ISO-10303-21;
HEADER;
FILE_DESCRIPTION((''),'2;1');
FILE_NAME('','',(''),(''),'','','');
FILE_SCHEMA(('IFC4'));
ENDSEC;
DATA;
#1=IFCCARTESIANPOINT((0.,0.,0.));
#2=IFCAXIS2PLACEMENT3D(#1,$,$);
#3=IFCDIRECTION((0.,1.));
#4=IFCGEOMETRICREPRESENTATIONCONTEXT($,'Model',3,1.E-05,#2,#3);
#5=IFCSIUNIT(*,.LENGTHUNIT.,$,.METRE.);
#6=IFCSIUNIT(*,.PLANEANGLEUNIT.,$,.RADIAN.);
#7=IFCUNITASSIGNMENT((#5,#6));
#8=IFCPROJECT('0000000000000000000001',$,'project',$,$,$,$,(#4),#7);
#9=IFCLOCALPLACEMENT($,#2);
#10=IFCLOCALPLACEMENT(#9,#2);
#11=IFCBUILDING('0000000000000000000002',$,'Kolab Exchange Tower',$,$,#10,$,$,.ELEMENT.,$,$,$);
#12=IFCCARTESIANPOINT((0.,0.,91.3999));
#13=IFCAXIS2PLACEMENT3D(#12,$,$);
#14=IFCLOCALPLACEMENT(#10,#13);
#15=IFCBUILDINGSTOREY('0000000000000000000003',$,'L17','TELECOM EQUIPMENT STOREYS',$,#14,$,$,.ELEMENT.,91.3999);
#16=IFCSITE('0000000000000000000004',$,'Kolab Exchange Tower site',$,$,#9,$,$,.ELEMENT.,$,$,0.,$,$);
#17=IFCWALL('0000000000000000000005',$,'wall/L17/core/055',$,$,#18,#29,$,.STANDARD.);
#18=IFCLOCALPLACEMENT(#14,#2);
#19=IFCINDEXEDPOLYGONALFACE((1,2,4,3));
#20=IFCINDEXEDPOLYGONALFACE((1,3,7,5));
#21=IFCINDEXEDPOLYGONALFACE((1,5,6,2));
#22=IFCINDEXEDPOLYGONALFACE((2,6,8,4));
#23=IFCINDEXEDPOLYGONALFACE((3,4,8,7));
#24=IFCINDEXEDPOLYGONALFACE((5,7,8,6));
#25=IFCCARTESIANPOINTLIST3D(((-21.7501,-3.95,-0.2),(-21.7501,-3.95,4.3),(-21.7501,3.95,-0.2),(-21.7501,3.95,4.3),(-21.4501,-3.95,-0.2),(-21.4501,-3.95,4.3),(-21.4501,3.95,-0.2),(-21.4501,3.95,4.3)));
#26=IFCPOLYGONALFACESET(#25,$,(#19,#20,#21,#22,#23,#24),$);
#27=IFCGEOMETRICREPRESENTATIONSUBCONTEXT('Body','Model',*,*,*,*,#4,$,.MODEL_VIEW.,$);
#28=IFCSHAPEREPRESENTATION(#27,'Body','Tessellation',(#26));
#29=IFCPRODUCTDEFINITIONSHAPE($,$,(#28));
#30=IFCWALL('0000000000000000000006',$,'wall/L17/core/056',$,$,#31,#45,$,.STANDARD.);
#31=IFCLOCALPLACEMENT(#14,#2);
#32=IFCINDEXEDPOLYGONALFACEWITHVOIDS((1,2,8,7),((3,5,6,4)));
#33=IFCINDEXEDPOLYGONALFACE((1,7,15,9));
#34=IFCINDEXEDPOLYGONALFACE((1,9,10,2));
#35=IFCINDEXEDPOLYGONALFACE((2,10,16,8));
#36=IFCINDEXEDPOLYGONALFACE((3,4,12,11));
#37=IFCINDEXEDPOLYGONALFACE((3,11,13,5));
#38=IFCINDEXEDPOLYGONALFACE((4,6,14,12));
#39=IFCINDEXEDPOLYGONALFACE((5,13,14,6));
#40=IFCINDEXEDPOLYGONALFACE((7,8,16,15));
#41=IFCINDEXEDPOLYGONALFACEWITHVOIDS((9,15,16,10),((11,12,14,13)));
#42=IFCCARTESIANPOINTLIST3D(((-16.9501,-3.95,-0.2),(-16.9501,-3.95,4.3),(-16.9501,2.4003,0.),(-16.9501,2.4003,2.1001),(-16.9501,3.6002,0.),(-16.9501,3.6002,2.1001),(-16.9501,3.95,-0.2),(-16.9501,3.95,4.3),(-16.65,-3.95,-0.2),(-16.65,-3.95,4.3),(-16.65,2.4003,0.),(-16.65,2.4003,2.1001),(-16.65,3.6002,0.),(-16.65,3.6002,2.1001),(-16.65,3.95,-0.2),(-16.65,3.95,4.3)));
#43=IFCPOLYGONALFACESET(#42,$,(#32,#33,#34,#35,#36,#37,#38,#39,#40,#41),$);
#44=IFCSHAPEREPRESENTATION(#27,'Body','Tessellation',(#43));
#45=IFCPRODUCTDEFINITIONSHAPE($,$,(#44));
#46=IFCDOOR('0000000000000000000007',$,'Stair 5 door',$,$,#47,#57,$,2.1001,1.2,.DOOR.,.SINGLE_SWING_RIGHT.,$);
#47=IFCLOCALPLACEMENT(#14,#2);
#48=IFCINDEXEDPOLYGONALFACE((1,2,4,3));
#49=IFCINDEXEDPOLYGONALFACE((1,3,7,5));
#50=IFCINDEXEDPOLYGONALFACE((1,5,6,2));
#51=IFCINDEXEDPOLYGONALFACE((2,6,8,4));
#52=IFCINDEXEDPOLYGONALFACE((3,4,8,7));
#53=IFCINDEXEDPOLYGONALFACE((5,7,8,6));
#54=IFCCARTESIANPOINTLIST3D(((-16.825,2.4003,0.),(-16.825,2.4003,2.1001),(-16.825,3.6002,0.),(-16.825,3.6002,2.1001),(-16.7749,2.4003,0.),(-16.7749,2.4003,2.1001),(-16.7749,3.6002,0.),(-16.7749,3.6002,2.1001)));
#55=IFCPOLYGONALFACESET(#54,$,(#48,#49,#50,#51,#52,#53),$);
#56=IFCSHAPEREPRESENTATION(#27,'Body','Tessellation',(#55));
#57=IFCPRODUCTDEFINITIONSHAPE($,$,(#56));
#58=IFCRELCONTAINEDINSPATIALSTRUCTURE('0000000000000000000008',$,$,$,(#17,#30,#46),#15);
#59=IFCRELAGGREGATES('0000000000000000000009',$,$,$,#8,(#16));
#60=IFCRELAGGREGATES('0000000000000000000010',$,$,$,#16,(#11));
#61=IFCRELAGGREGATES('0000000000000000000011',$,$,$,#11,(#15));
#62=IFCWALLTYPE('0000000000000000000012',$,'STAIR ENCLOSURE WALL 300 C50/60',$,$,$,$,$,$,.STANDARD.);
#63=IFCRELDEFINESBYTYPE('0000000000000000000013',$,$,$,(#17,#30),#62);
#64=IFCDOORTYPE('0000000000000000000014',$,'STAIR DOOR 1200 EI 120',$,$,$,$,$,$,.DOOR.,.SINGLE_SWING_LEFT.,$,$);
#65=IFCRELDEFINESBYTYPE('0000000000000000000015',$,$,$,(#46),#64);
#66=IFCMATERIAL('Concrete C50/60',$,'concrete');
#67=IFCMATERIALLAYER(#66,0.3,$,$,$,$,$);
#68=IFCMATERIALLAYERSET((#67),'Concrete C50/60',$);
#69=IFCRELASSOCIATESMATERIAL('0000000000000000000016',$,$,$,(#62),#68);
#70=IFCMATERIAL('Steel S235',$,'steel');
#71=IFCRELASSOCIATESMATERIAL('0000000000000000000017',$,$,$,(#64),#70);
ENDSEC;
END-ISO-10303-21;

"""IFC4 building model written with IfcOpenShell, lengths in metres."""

from ifc_helpers import new_model, si_unit, direction, frame, frame_2d, origin, place, context, subcontext, project, spatial, rectangle, extrude, material, layer, layer_set, type_object, element, fill, save


model = new_model("IFC4")

# Units and contexts
model_context = context("Model", 3, precision=1e-05, world=origin(), true_north=direction((0.0, 1.0)))
body_context = subcontext(model_context, "Body", "Model", "MODEL_VIEW")
ifc_project = project(units=[si_unit("LENGTHUNIT", "METRE"), si_unit("PLANEANGLEUNIT", "RADIAN")], contexts=[model_context])

# Site, building, storey
site_placement = place(None, origin())
site = spatial("IfcSite", under=ifc_project, at=site_placement, Name="Kolab Exchange Tower site", CompositionType="ELEMENT", RefElevation=0.0)
building_placement = place(site_placement, origin())
building = spatial("IfcBuilding", under=site, at=building_placement, Name="Kolab Exchange Tower", CompositionType="ELEMENT")
storey_placement = place(building_placement, frame((0.0, 0.0, 91.3999)))
storey = spatial("IfcBuildingStorey", under=building, at=storey_placement, Name="L17", Description="TELECOM EQUIPMENT STOREYS", CompositionType="ELEMENT", Elevation=91.3999)

# Shared definitions
ifc_material_1 = material(Name="Steel S235", Category="steel")

# Wall
ifc_material_2 = material(Name="Concrete C50/60", Category="concrete")
ifc_layer_1 = layer(ifc_material_2, 0.3)
ifc_layer_set_1 = layer_set([ifc_layer_1], Name="Concrete C50/60")
wall_type_1 = type_object("IfcWallType", Name="STAIR ENCLOSURE WALL 300 C50/60", PredefinedType="STANDARD", material=ifc_layer_set_1)
wall_1_placement = place(storey_placement, frame((-21.6001, -3.95, -0.2), z_axis=(0.0, 0.0, 1.0), x_axis=(0.0, 1.0, 0.0)))
element("IfcWall", 1, at=wall_1_placement, inside=storey, type_object=wall_type_1, Name="wall/L17/core/055", PredefinedType="STANDARD", context=body_context, shape_type="SweptSolid", body=[
    extrude(rectangle(XDim=7.8999, YDim=0.3, at=frame_2d((3.95, 0.0))), origin(), (0.0, 0.0, 1.0), 4.5),
])

# Wall, opening, door
wall_2_placement = place(storey_placement, frame((-16.8, -3.95, -0.2), z_axis=(0.0, 0.0, 1.0), x_axis=(0.0, 1.0, 0.0)))
wall_2 = element("IfcWall", 2, at=wall_2_placement, inside=storey, type_object=wall_type_1, Name="wall/L17/core/056", PredefinedType="STANDARD", context=body_context, shape_type="SweptSolid", body=[
    extrude(rectangle(XDim=7.8999, YDim=0.3, at=frame_2d((3.95, 0.0))), origin(), (0.0, 0.0, 1.0), 4.5),
])
opening_1_placement = place(wall_2_placement, frame((6.3501, 0.0, 0.2)))
opening_1 = element("IfcOpeningElement", 3, at=opening_1_placement, cuts=wall_2, PredefinedType="OPENING", context=body_context, shape_type="SweptSolid", body=[
    extrude(rectangle(XDim=1.2, YDim=2.1001, at=frame_2d((0.6001, 1.05))), frame((0.0, 0.1602, 0.0), z_axis=(0.0, -1.0, 0.0), x_axis=(1.0, 0.0, 0.0)), (0.0, 0.0, 1.0), 0.3201),
])
door_type_1 = type_object("IfcDoorType", Name="STAIR DOOR 1200 EI 120", OperationType="SINGLE_SWING_LEFT", PredefinedType="DOOR", material=ifc_material_1)
door_1_placement = place(opening_1_placement, origin())
door_1 = element("IfcDoor", 4, at=door_1_placement, inside=storey, type_object=door_type_1, Name="Stair 5 door", OperationType="SINGLE_SWING_RIGHT", OverallHeight=2.1001, OverallWidth=1.2, PredefinedType="DOOR", context=body_context, shape_type="SweptSolid", body=[
    extrude(rectangle(XDim=1.2, YDim=2.1001, at=frame_2d((0.6001, 1.05))), frame((0.0, 0.0249, 0.0), z_axis=(0.0, -1.0, 0.0), x_axis=(1.0, 0.0, 0.0)), (0.0, 0.0, 1.0), 0.05),
])
fill(opening_1, door_1)

save(model, "model.ifc")
